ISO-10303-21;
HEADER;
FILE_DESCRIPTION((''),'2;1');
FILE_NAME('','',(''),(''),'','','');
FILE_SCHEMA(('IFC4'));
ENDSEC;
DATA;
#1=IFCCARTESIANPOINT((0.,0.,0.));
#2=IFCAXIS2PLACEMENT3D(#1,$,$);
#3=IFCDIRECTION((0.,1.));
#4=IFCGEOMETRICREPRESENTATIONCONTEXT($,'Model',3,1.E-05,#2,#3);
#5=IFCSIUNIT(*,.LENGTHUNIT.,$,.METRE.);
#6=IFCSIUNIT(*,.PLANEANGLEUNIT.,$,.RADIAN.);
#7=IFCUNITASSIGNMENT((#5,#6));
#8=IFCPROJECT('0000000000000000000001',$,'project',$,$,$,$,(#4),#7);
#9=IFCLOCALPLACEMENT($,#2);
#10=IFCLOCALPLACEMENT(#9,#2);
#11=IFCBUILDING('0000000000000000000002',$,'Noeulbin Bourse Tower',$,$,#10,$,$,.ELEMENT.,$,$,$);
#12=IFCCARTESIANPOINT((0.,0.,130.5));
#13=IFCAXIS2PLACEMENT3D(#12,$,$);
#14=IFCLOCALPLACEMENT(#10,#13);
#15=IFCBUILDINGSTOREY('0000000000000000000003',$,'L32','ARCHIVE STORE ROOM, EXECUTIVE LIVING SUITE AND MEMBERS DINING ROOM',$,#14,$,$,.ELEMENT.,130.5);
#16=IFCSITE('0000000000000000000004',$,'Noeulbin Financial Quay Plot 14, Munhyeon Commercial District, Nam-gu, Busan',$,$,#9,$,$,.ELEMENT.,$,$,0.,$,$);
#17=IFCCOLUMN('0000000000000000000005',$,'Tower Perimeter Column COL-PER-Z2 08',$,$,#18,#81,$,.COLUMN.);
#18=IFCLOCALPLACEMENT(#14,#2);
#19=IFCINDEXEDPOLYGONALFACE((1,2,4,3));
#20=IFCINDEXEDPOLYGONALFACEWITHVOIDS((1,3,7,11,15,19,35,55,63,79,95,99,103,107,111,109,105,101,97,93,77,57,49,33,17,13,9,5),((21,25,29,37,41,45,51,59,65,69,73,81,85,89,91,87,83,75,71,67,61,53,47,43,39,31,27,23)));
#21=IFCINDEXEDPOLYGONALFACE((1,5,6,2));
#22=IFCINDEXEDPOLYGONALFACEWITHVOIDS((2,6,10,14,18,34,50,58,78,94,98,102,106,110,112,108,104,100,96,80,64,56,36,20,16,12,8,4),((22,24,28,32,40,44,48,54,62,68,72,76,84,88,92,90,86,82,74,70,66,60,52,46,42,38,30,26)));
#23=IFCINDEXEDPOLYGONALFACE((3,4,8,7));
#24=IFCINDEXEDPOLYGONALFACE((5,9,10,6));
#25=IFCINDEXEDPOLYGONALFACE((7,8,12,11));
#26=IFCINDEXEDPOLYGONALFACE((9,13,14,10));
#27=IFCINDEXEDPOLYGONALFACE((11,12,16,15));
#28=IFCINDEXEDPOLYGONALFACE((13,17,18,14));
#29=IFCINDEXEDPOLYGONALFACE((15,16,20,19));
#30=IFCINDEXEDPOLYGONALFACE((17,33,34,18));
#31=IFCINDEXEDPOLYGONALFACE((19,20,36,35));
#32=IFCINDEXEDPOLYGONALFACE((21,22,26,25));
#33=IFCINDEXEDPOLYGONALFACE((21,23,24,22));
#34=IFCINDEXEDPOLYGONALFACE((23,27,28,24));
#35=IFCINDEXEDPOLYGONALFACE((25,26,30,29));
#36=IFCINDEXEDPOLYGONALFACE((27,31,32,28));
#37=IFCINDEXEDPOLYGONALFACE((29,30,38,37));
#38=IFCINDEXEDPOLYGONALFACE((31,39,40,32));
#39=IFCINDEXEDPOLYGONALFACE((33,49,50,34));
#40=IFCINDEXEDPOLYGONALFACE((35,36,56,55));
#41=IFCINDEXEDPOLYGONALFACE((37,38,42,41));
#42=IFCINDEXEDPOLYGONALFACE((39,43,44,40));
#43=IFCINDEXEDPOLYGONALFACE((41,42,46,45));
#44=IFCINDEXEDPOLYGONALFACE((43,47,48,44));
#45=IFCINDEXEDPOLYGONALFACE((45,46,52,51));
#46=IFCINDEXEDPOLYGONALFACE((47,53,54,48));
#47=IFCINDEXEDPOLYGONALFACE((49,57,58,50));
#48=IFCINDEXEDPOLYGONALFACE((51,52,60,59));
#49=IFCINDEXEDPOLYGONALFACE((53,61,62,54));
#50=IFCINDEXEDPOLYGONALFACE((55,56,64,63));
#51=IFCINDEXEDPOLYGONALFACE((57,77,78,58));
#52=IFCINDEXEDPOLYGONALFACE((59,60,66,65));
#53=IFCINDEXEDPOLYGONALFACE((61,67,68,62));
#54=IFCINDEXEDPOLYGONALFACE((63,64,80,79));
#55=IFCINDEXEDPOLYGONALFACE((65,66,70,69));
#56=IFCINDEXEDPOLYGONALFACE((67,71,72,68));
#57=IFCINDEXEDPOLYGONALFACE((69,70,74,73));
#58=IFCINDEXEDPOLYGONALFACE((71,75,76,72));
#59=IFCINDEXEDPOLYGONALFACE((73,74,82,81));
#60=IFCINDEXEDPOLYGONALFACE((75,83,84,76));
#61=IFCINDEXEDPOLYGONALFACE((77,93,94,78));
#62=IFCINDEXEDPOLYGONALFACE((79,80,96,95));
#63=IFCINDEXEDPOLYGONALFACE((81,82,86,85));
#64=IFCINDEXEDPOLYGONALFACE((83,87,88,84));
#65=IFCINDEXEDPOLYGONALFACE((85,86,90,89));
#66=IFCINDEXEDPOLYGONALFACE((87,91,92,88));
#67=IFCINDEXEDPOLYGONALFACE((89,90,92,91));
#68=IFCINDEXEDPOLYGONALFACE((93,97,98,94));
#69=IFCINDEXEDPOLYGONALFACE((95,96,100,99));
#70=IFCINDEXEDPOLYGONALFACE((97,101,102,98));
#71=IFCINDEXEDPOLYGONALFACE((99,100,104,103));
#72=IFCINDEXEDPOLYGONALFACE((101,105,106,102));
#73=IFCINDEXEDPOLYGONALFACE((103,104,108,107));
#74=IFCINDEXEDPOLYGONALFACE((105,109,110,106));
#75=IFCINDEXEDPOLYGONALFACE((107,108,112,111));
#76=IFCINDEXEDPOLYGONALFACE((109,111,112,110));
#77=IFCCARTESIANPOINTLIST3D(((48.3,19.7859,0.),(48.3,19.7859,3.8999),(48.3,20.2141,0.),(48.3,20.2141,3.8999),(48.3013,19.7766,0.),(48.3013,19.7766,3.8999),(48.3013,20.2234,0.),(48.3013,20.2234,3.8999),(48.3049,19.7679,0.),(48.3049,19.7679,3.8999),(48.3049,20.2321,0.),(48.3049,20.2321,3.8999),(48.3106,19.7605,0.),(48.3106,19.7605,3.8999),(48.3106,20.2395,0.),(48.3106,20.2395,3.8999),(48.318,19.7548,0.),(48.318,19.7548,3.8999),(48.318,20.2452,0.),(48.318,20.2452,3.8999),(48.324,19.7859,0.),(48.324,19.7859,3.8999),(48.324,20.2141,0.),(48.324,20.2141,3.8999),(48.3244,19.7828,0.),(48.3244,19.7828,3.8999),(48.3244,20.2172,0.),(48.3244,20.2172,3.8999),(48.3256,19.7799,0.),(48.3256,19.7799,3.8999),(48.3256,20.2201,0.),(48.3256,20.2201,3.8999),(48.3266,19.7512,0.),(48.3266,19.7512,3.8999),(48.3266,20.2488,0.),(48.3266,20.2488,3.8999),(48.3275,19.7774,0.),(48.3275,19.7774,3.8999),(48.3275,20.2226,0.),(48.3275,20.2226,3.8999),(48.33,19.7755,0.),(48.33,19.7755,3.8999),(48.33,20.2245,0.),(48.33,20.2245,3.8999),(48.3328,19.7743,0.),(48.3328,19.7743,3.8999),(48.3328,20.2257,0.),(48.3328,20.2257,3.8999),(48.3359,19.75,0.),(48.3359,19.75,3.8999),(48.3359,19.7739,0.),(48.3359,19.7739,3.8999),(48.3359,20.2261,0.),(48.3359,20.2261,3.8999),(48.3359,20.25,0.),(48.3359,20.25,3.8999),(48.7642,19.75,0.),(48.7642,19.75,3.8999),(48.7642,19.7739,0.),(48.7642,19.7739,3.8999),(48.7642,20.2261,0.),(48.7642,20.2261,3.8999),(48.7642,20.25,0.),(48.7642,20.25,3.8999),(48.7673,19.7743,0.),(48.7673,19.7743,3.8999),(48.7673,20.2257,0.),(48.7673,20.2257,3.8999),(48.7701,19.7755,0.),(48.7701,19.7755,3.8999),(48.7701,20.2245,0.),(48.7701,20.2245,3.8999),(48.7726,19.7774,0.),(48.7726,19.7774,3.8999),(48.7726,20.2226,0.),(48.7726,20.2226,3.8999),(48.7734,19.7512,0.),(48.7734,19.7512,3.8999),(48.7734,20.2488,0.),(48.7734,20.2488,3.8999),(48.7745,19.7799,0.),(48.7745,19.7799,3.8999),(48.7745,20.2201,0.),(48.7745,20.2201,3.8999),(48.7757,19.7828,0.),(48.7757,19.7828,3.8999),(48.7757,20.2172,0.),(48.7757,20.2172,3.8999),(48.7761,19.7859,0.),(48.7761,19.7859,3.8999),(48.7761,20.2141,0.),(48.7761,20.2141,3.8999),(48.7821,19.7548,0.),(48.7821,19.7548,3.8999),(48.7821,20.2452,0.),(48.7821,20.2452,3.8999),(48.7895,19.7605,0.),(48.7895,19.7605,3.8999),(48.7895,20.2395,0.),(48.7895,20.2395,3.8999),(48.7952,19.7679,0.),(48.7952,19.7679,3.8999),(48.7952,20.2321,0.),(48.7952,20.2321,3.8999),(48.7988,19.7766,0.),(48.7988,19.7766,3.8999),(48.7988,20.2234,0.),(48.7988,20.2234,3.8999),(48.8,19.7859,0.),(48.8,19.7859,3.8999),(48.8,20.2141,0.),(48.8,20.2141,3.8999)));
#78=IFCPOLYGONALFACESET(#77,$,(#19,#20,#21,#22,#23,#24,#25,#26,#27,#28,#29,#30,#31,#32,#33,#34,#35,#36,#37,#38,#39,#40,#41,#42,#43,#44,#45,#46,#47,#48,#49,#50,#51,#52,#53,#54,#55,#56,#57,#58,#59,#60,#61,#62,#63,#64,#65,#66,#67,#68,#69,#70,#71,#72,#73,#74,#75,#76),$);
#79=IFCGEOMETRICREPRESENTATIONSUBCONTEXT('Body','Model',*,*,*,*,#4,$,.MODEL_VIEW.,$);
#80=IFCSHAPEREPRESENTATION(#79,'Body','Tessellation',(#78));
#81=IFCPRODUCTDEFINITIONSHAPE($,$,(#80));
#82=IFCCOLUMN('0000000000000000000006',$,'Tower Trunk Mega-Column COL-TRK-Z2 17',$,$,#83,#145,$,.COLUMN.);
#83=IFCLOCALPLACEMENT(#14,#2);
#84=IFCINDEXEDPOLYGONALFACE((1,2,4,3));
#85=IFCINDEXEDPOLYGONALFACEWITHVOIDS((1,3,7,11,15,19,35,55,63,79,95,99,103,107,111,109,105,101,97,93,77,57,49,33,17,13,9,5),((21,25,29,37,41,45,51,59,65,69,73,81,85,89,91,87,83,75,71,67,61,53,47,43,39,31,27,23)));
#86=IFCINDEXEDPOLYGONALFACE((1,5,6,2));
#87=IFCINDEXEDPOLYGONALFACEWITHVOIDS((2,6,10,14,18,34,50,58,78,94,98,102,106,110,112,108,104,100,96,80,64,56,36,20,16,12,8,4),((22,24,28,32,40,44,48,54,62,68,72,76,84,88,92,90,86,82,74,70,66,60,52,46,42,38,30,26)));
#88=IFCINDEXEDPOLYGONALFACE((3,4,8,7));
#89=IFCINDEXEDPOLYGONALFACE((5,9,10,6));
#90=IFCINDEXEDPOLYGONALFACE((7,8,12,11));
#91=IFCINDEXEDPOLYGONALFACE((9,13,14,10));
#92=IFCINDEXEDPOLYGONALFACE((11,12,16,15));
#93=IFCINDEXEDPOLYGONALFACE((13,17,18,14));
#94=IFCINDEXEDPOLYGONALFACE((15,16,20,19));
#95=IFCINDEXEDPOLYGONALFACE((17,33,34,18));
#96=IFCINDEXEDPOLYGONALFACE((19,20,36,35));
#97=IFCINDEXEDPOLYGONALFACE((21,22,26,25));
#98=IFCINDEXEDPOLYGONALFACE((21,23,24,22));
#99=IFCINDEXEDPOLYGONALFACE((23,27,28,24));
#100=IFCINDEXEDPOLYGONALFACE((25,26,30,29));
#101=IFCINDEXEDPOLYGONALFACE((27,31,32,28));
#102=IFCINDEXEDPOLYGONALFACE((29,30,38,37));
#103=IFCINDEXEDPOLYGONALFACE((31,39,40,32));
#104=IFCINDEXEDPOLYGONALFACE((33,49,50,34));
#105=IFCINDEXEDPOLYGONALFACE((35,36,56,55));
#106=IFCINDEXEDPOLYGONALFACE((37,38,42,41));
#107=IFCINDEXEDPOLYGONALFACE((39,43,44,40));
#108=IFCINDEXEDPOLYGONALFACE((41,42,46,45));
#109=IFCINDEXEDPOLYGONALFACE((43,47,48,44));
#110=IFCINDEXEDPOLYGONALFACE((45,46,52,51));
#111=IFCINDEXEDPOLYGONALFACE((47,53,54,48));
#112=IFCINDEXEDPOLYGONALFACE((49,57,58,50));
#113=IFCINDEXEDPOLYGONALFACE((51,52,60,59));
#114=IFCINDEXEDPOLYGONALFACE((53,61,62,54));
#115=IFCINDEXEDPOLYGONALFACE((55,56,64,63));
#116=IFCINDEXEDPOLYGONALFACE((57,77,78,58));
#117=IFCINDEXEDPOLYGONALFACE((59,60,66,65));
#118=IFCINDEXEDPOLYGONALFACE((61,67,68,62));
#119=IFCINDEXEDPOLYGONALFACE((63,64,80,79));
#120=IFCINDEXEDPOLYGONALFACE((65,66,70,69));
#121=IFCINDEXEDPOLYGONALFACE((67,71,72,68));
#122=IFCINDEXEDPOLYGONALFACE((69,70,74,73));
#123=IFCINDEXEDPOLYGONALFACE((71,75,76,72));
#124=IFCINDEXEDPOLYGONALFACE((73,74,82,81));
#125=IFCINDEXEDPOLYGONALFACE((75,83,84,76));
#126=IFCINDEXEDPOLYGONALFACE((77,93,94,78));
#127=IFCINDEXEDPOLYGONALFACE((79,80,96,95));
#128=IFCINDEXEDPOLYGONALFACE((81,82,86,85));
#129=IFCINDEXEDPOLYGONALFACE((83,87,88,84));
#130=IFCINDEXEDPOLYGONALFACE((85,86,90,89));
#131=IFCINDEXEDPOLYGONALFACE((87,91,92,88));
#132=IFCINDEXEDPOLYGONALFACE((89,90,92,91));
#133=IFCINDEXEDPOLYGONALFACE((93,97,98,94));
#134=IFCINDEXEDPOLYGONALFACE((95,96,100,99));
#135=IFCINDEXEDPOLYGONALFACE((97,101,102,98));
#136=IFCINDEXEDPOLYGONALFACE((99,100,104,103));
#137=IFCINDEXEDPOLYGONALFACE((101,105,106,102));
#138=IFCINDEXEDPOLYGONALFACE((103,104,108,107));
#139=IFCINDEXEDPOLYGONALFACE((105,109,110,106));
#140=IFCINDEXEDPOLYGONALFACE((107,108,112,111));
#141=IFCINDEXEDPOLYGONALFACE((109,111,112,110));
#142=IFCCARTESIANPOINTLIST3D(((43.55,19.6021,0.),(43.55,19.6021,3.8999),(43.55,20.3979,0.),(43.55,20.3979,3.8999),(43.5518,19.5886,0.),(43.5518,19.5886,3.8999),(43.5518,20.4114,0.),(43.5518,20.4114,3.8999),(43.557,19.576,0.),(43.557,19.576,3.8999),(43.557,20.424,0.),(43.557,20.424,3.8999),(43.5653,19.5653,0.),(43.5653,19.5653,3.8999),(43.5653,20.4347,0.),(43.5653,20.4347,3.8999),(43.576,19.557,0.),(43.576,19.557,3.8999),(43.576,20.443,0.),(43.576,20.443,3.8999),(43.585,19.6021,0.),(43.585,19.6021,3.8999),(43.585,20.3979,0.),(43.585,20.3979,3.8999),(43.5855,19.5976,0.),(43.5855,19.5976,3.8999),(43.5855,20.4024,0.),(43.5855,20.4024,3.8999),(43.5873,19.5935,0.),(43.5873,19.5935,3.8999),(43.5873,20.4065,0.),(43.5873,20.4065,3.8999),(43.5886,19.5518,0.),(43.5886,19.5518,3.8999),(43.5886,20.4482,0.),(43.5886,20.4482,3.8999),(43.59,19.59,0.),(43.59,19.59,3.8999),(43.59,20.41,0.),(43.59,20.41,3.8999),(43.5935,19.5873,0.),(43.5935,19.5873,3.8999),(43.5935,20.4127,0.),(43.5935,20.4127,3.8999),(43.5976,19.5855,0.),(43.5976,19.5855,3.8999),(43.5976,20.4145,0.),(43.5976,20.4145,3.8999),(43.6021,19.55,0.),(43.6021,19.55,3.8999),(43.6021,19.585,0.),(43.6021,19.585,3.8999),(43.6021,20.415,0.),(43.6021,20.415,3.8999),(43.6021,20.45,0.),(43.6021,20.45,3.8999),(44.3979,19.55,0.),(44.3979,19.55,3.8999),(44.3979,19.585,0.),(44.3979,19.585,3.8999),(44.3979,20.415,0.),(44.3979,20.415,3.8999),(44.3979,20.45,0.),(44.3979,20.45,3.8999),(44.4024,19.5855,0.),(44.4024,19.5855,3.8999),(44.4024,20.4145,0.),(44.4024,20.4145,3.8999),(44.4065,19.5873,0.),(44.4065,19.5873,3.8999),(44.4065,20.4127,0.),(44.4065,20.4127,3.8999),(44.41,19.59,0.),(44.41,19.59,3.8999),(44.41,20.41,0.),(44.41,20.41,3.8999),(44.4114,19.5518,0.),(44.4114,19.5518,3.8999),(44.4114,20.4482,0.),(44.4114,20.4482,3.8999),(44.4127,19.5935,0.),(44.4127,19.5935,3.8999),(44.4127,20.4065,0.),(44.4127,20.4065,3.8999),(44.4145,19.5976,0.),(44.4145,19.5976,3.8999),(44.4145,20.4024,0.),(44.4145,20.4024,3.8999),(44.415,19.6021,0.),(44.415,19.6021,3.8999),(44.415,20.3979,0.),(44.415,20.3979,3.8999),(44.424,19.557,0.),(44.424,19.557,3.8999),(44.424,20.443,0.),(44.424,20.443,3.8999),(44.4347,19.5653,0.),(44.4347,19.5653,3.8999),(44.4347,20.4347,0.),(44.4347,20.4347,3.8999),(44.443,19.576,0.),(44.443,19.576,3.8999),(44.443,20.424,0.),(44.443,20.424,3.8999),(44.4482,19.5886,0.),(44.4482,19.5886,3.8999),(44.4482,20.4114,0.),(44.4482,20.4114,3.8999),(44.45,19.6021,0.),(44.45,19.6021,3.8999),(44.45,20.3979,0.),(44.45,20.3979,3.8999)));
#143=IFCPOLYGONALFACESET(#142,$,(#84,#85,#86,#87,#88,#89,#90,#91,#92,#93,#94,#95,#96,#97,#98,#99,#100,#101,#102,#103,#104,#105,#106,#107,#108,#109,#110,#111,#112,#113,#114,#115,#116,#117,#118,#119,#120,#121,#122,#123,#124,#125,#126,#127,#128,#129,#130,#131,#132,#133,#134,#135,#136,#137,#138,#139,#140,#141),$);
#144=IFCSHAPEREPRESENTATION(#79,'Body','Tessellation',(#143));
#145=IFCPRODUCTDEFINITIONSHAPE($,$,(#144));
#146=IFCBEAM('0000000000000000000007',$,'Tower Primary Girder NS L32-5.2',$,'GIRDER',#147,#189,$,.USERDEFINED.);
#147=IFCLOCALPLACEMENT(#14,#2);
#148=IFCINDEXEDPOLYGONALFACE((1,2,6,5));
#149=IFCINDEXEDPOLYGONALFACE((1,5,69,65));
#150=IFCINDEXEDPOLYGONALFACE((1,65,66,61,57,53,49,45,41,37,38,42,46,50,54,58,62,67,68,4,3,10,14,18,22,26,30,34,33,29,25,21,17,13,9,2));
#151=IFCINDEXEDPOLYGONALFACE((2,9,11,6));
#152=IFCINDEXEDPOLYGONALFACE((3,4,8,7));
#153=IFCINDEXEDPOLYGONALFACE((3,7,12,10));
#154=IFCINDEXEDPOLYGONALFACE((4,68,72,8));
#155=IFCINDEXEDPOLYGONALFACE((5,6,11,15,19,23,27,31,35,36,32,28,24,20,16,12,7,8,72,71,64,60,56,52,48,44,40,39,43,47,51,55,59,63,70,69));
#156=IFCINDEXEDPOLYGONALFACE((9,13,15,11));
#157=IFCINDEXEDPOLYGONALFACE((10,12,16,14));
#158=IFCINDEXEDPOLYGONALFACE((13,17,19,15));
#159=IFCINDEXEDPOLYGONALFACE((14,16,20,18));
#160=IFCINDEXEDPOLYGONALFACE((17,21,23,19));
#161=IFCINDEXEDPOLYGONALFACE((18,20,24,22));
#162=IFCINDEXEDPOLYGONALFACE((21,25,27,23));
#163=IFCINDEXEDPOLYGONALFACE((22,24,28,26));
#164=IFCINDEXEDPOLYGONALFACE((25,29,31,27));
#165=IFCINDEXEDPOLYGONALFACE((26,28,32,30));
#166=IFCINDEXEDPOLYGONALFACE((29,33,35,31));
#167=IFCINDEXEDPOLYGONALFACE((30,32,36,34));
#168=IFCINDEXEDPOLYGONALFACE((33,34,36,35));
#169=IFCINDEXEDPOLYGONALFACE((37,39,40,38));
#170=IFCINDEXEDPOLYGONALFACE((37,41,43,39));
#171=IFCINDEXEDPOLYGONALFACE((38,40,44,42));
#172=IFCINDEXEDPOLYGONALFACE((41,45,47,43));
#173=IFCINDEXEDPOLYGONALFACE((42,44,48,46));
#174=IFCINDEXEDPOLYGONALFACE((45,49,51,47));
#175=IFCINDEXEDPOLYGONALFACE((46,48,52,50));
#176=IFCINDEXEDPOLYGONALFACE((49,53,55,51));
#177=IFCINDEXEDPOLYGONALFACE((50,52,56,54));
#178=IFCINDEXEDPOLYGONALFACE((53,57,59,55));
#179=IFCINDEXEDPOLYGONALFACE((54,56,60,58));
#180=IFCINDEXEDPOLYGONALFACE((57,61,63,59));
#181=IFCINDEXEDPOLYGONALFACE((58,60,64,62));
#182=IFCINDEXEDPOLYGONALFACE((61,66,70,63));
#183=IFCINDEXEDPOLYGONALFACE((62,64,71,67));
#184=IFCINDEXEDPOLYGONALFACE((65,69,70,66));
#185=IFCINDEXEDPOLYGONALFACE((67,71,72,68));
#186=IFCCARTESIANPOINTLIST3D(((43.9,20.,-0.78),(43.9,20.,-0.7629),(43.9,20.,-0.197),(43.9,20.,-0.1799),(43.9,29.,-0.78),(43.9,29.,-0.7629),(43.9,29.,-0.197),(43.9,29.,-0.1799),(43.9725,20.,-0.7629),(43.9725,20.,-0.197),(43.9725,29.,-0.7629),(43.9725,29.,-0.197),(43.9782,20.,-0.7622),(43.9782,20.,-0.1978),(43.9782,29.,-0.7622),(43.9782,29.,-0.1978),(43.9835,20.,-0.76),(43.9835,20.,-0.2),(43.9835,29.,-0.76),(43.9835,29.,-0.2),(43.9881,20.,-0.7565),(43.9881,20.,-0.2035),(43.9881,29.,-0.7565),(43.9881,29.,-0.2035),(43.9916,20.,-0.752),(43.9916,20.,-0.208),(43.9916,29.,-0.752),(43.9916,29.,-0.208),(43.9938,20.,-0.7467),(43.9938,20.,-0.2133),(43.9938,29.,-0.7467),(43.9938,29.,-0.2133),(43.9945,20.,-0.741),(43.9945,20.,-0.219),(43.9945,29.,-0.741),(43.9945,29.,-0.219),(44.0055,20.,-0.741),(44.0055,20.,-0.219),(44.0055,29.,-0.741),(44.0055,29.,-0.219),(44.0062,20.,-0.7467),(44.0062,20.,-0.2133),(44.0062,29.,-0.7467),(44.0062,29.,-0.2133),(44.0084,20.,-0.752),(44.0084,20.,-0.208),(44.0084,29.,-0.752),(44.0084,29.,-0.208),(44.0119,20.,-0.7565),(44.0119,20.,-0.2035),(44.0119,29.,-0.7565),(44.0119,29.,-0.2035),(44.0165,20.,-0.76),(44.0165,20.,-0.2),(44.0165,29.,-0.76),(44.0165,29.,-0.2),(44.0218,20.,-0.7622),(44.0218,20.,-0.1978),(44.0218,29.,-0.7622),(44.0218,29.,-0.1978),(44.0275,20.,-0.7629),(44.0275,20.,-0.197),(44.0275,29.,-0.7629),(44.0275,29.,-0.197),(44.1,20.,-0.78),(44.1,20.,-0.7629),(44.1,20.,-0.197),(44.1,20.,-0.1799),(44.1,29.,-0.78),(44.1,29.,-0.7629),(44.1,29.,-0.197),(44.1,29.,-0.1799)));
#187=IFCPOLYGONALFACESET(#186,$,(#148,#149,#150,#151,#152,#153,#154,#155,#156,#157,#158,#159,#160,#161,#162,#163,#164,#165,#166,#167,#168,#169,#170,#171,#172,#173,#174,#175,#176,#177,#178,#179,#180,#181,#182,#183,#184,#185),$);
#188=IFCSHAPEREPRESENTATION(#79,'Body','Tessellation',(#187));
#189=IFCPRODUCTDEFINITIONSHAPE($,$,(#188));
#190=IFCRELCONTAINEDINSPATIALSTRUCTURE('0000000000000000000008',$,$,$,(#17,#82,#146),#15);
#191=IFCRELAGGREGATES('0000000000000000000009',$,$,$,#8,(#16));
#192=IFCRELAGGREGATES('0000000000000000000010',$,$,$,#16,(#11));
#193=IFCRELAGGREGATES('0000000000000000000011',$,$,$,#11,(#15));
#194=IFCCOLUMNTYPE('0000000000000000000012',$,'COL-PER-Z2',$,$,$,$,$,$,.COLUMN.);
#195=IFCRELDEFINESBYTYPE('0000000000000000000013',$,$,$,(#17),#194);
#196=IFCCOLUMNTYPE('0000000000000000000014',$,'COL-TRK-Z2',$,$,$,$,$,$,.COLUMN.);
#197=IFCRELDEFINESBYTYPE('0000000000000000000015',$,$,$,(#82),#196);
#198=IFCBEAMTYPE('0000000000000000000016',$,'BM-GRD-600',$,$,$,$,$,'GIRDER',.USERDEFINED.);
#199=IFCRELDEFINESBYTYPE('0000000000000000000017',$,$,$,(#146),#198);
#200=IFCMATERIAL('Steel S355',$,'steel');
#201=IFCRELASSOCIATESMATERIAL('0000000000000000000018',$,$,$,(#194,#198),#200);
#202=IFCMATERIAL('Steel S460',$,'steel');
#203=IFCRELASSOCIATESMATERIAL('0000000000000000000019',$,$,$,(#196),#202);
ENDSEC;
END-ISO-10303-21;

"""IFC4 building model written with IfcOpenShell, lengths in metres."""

from ifc_helpers import new_model, si_unit, direction, frame, origin, origin_2d, place, context, subcontext, project, spatial, hollow_rectangle, i_section, extrude, material, material_profile, profile_set, type_object, element, save


model = new_model("IFC4")

# Units and contexts
model_context = context("Model", 3, precision=1e-05, world=origin(), true_north=direction((0.0, 1.0)))
body_context = subcontext(model_context, "Body", "Model", "MODEL_VIEW")
ifc_project = project(units=[si_unit("LENGTHUNIT", "METRE"), si_unit("PLANEANGLEUNIT", "RADIAN")], contexts=[model_context])

# Site, building, storey
site_placement = place(None, origin())
site = spatial("IfcSite", under=ifc_project, at=site_placement, Name="Noeulbin Financial Quay Plot 14, Munhyeon Commercial District, Nam-gu, Busan", CompositionType="ELEMENT", RefElevation=0.0)
building_placement = place(site_placement, origin())
building = spatial("IfcBuilding", under=site, at=building_placement, Name="Noeulbin Bourse Tower", CompositionType="ELEMENT")
storey_placement = place(building_placement, frame((0.0, 0.0, 130.5)))
storey = spatial("IfcBuildingStorey", under=building, at=storey_placement, Name="L32", Description="ARCHIVE STORE ROOM, EXECUTIVE LIVING SUITE AND MEMBERS DINING ROOM", CompositionType="ELEMENT", Elevation=130.5)

# Columns
ifc_material_1 = material(Name="Steel S355", Category="steel")
ifc_material_profile_1 = material_profile(ifc_material_1, hollow_rectangle(XDim=0.5, YDim=0.5, WallThickness=0.0239, InnerFilletRadius=0.012, OuterFilletRadius=0.0359, at=origin_2d()), Name="BOX-500x500x24", Category="LoadBearing")
ifc_profile_set_1 = profile_set([ifc_material_profile_1], Name="Steel S355")
column_type_1 = type_object("IfcColumnType", Name="COL-PER-Z2", PredefinedType="COLUMN", material=ifc_profile_set_1)
column_1_placement = place(storey_placement, frame((48.55, 20.0, 0.0), z_axis=(0.0, 0.0, 1.0), x_axis=(1.0, 0.0, 0.0)))
element("IfcColumn", 1, at=column_1_placement, inside=storey, type_object=column_type_1, Name="Tower Perimeter Column COL-PER-Z2 08", PredefinedType="COLUMN", context=body_context, shape_type="SweptSolid", body=[
    extrude(hollow_rectangle(XDim=0.5, YDim=0.5, WallThickness=0.0239, InnerFilletRadius=0.012, OuterFilletRadius=0.0359, at=origin_2d()), origin(), (0.0, 0.0, 1.0), 3.8999),
])
ifc_material_2 = material(Name="Steel S460", Category="steel")
ifc_material_profile_2 = material_profile(ifc_material_2, hollow_rectangle(XDim=0.8999, YDim=0.8999, WallThickness=0.0349, InnerFilletRadius=0.0171, OuterFilletRadius=0.052, at=origin_2d()), Name="BOX-900x900x35", Category="LoadBearing")
ifc_profile_set_2 = profile_set([ifc_material_profile_2], Name="Steel S460")
column_type_2 = type_object("IfcColumnType", Name="COL-TRK-Z2", PredefinedType="COLUMN", material=ifc_profile_set_2)
column_2_placement = place(storey_placement, frame((44.0, 20.0, 0.0), z_axis=(0.0, 0.0, 1.0), x_axis=(1.0, 0.0, 0.0)))
element("IfcColumn", 2, at=column_2_placement, inside=storey, type_object=column_type_2, Name="Tower Trunk Mega-Column COL-TRK-Z2 17", PredefinedType="COLUMN", context=body_context, shape_type="SweptSolid", body=[
    extrude(hollow_rectangle(XDim=0.8999, YDim=0.8999, WallThickness=0.0349, InnerFilletRadius=0.0171, OuterFilletRadius=0.052, at=origin_2d()), origin(), (0.0, 0.0, 1.0), 3.8999),
])

# Beam
ifc_material_profile_3 = material_profile(ifc_material_1, i_section(OverallWidth=0.2, OverallDepth=0.6001, WebThickness=0.011, FlangeThickness=0.0171, FilletRadius=0.022, at=origin_2d()), Name="H-600x200x11x17", Category="LoadBearing")
ifc_profile_set_3 = profile_set([ifc_material_profile_3], Name="Steel S355")
beam_type_1 = type_object("IfcBeamType", Name="BM-GRD-600", ElementType="GIRDER", PredefinedType="USERDEFINED", material=ifc_profile_set_3)
beam_1_placement = place(storey_placement, frame((44.0, 20.0, -0.48), z_axis=(0.0, 1.0, 0.0), x_axis=(-1.0, 0.0, 0.0)))
element("IfcBeam", 3, at=beam_1_placement, inside=storey, type_object=beam_type_1, Name="Tower Primary Girder NS L32-5.2", ObjectType="GIRDER", PredefinedType="USERDEFINED", context=body_context, shape_type="SweptSolid", body=[
    extrude(i_section(OverallWidth=0.2, OverallDepth=0.6001, WebThickness=0.011, FlangeThickness=0.0171, FilletRadius=0.022, at=origin_2d()), origin(), (0.0, 0.0, 1.0), 9.0),
])

save(model, "model.ifc")
